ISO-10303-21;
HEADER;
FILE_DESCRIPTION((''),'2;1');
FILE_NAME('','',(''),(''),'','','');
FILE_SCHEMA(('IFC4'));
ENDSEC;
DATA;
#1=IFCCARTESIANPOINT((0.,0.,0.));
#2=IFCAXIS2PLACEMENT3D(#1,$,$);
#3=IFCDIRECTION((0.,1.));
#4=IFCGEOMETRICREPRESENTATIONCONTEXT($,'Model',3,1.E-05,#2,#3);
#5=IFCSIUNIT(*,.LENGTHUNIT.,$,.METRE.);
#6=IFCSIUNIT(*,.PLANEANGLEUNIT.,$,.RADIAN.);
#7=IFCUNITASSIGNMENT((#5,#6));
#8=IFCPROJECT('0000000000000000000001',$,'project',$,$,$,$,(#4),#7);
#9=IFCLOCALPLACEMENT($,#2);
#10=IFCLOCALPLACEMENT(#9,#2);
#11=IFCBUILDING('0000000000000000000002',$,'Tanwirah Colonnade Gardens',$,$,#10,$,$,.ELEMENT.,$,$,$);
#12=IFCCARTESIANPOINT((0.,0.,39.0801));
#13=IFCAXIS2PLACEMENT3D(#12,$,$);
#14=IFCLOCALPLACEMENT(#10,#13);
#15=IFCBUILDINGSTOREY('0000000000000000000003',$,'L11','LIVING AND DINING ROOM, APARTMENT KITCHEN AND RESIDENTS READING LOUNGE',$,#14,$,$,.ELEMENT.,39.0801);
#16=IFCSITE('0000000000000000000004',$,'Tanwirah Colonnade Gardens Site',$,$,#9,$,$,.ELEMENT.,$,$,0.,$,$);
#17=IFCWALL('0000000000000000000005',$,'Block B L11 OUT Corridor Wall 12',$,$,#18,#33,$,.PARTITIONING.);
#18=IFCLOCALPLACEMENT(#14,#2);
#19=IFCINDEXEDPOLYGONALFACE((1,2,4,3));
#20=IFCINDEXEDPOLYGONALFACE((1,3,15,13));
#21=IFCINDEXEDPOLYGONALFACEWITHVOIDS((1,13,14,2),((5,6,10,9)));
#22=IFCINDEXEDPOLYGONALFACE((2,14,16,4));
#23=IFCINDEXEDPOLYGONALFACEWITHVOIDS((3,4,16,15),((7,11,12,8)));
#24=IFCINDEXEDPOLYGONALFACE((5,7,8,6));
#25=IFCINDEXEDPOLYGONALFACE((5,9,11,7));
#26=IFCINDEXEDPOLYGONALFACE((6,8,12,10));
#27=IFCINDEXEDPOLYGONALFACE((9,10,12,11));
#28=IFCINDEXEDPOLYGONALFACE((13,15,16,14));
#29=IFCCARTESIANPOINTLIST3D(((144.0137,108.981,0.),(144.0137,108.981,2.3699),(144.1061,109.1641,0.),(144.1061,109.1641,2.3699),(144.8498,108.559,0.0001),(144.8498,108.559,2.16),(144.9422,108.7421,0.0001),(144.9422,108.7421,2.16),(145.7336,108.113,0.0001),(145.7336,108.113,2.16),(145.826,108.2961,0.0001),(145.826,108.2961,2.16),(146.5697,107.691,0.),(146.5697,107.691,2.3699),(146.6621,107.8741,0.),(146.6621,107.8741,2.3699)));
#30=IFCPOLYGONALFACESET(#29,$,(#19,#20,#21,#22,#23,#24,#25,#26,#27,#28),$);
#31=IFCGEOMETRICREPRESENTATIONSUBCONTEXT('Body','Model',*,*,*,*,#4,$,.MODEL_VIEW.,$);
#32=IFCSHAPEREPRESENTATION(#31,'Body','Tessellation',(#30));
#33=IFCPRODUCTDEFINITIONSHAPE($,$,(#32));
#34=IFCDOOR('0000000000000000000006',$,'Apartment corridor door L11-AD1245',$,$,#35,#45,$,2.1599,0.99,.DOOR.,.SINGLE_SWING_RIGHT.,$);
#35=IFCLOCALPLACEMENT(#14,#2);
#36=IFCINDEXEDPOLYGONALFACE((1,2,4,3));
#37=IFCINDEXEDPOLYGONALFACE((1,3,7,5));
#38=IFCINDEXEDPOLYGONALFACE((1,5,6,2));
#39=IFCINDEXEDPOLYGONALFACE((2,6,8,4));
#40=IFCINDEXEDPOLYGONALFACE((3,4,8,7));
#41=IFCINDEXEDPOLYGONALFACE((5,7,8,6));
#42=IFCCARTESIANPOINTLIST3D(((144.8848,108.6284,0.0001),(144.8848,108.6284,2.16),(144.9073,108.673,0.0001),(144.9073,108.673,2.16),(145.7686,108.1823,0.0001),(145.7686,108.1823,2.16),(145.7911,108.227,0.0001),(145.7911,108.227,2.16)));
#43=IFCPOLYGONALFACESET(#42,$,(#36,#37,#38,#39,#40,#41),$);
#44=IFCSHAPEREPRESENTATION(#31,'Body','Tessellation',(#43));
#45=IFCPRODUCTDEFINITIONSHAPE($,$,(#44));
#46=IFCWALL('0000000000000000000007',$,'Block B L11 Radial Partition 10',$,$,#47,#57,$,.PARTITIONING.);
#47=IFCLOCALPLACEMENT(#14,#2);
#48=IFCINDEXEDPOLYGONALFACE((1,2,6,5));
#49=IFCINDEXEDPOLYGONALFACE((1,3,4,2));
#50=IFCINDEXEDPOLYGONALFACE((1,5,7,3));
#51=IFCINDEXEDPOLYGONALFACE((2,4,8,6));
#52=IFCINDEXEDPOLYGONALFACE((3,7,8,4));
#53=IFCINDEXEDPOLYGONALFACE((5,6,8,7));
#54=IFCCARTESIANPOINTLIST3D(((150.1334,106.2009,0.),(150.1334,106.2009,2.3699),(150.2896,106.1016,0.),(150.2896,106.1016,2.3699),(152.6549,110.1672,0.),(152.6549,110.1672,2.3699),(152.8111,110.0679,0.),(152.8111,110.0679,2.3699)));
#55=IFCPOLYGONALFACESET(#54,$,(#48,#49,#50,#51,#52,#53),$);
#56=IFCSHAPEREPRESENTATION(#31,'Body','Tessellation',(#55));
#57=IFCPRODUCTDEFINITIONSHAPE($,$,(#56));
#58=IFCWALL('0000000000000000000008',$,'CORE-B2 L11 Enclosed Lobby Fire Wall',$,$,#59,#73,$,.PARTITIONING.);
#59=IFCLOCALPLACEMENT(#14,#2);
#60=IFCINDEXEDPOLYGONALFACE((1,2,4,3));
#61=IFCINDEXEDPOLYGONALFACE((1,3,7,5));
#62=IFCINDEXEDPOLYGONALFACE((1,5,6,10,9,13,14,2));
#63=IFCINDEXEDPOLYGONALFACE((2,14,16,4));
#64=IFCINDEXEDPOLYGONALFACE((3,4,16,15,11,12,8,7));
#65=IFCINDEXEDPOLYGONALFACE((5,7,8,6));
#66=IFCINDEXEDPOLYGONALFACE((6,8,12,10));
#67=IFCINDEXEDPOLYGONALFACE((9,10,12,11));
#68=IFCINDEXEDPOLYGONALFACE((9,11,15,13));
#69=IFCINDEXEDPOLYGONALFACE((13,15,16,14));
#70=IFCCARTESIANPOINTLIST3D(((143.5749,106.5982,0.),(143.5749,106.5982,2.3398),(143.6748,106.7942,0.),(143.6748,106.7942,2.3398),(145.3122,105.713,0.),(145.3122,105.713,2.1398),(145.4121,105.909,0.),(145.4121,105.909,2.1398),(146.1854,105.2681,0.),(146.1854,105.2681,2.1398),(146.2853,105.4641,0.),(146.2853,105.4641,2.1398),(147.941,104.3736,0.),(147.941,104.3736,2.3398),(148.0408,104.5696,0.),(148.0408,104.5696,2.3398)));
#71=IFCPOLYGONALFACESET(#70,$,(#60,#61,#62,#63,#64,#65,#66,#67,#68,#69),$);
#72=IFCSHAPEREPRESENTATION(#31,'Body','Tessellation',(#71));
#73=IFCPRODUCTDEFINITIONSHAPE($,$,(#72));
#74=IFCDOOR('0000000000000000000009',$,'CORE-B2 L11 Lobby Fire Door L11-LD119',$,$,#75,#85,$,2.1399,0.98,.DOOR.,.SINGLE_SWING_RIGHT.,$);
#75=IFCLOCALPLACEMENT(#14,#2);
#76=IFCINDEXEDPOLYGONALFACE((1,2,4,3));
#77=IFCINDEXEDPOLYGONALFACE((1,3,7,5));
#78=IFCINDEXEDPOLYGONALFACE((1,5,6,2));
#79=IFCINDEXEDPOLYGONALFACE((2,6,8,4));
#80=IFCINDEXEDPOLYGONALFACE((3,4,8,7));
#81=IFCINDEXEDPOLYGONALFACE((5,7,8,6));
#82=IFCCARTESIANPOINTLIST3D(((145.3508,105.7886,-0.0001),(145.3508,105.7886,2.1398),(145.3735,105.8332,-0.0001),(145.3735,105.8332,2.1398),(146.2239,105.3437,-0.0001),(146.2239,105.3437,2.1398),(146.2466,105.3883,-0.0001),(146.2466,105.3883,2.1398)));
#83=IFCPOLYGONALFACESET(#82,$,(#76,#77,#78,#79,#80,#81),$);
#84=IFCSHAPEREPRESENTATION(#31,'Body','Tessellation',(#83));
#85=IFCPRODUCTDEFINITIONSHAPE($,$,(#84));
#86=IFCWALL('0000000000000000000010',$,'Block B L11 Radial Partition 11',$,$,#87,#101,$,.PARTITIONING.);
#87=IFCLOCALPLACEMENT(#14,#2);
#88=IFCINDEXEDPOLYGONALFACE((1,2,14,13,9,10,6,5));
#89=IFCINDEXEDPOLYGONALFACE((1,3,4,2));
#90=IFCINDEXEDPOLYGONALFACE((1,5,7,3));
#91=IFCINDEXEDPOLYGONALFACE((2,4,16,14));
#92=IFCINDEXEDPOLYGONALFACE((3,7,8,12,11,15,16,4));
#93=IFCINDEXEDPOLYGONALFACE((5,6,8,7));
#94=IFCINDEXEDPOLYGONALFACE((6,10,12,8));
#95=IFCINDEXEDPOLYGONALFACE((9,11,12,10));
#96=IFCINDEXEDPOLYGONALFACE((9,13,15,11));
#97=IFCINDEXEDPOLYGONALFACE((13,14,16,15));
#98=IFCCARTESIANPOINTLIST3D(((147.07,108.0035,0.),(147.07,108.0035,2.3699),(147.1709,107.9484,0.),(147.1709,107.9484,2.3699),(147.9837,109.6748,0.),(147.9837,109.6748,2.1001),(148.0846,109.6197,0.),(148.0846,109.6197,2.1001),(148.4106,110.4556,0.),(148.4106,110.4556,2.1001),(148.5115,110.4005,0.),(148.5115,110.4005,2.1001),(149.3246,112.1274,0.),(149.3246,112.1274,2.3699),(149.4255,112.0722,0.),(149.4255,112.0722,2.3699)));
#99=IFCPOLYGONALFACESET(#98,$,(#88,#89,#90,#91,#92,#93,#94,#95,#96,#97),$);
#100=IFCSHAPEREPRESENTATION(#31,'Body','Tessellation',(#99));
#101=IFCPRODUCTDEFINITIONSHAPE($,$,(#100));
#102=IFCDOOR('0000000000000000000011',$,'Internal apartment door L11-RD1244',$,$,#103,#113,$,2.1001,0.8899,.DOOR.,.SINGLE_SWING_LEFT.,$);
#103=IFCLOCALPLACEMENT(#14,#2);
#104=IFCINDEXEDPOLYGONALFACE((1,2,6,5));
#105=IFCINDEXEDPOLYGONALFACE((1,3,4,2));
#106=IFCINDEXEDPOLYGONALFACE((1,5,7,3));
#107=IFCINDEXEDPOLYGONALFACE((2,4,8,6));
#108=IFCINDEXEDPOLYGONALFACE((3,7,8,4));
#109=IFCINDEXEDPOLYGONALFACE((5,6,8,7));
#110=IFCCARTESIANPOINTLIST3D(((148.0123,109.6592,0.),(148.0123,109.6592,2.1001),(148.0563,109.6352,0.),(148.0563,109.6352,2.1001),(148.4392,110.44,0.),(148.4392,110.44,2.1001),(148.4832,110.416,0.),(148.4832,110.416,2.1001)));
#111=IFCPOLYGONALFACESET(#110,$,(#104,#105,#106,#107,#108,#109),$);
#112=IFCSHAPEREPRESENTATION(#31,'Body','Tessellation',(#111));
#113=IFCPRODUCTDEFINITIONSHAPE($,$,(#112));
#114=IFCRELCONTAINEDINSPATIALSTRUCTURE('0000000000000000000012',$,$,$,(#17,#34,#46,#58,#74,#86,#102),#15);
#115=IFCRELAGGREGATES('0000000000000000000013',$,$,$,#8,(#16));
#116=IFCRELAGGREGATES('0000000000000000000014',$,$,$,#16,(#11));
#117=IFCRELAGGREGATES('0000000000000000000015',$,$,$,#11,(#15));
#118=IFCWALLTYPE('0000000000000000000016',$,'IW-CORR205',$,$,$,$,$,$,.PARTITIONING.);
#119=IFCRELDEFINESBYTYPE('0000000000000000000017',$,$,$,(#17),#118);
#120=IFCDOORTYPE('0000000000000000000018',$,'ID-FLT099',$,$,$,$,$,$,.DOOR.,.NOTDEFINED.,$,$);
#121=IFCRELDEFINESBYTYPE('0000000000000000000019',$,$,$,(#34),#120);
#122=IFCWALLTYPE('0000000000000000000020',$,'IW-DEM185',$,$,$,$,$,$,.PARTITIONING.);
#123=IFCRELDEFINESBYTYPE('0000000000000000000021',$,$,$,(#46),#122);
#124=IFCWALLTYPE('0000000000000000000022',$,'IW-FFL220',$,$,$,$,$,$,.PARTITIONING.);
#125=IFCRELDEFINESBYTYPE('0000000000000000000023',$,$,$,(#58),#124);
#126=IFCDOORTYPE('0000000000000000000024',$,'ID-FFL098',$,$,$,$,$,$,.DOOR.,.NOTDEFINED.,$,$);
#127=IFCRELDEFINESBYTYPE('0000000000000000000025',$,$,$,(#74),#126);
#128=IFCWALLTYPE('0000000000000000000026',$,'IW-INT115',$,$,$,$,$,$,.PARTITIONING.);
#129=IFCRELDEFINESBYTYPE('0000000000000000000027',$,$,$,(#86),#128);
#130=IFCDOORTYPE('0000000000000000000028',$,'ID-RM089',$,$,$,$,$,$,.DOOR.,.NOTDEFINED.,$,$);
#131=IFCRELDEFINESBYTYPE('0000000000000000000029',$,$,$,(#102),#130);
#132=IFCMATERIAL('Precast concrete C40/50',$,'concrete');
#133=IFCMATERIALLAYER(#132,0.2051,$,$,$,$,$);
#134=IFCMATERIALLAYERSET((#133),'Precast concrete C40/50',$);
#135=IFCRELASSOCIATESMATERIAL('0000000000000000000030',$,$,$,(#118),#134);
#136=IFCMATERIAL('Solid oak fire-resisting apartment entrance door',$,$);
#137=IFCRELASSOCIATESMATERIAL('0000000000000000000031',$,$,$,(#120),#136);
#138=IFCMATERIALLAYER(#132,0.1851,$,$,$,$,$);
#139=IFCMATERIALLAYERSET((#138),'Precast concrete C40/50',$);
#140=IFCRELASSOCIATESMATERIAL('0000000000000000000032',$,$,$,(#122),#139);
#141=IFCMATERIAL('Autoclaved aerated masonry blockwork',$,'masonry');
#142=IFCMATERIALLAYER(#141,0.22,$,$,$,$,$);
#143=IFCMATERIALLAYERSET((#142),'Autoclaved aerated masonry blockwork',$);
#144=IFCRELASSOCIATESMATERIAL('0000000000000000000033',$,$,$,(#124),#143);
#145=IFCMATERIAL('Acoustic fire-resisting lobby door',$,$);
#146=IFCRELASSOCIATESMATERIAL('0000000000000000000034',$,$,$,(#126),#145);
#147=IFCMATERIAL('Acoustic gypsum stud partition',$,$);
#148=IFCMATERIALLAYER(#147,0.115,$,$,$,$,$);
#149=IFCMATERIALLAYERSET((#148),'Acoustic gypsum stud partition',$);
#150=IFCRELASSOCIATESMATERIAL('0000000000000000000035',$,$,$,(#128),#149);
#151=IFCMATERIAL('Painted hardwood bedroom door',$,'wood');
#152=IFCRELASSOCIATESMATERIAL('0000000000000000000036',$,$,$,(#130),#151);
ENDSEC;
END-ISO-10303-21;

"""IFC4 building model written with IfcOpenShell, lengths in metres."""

from ifc_helpers import new_model, si_unit, direction, frame, frame_2d, origin, place, context, subcontext, project, spatial, rectangle, extrude, material, layer, layer_set, type_object, element, fill, save


model = new_model("IFC4")

# Units and contexts
model_context = context("Model", 3, precision=1e-05, world=origin(), true_north=direction((0.0, 1.0)))
body_context = subcontext(model_context, "Body", "Model", "MODEL_VIEW")
ifc_project = project(units=[si_unit("LENGTHUNIT", "METRE"), si_unit("PLANEANGLEUNIT", "RADIAN")], contexts=[model_context])

# Site, building, storey
site_placement = place(None, origin())
site = spatial("IfcSite", under=ifc_project, at=site_placement, Name="Tanwirah Colonnade Gardens Site", CompositionType="ELEMENT", RefElevation=0.0)
building_placement = place(site_placement, origin())
building = spatial("IfcBuilding", under=site, at=building_placement, Name="Tanwirah Colonnade Gardens", CompositionType="ELEMENT")
storey_placement = place(building_placement, frame((0.0, 0.0, 39.0801)))
storey = spatial("IfcBuildingStorey", under=building, at=storey_placement, Name="L11", Description="LIVING AND DINING ROOM, APARTMENT KITCHEN AND RESIDENTS READING LOUNGE", CompositionType="ELEMENT", Elevation=39.0801)

# Shared definitions
ifc_material_1 = material(Name="Precast concrete C40/50", Category="concrete")

# Wall, opening, door
ifc_layer_1 = layer(ifc_material_1, 0.2051)
ifc_layer_set_1 = layer_set([ifc_layer_1], Name="Precast concrete C40/50")
wall_type_1 = type_object("IfcWallType", Name="IW-CORR205", PredefinedType="PARTITIONING", material=ifc_layer_set_1)
ifc_material_2 = material(Name="Solid oak fire-resisting apartment entrance door")
wall_1_placement = place(storey_placement, frame((146.616, 107.7825, 0.0), z_axis=(0.0, 0.0, 1.0), x_axis=(-0.892732, 0.450587, 0.0)))
wall_1 = element("IfcWall", 1, at=wall_1_placement, inside=storey, type_object=wall_type_1, Name="Block B L11 OUT Corridor Wall 12", PredefinedType="PARTITIONING", context=body_context, shape_type="SweptSolid", body=[
    extrude(rectangle(XDim=2.863, YDim=0.2051, at=frame_2d((1.4316, 0.0))), origin(), (0.0, 0.0, 1.0), 2.3699),
])
opening_1_placement = place(wall_1_placement, frame((0.9365, 0.0, 0.0)))
opening_1 = element("IfcOpeningElement", 2, at=opening_1_placement, cuts=wall_1, PredefinedType="OPENING", context=body_context, shape_type="SweptSolid", body=[
    extrude(rectangle(XDim=0.99, YDim=2.1599, at=frame_2d((0.4951, 1.0801))), frame((0.0, 0.1125, 0.0), z_axis=(0.0, -1.0, 0.0), x_axis=(1.0, 0.0, 0.0)), (0.0, 0.0, 1.0), 0.2251),
])
door_type_1 = type_object("IfcDoorType", Name="ID-FLT099", OperationType="NOTDEFINED", PredefinedType="DOOR", material=ifc_material_2)
door_1_placement = place(opening_1_placement, origin())
door_1 = element("IfcDoor", 3, at=door_1_placement, inside=storey, type_object=door_type_1, Name="Apartment corridor door L11-AD1245", OperationType="SINGLE_SWING_RIGHT", OverallHeight=2.1599, OverallWidth=0.99, PredefinedType="DOOR", context=body_context, shape_type="SweptSolid", body=[
    extrude(rectangle(XDim=0.99, YDim=2.1599, at=frame_2d((0.4951, 1.0801))), frame((0.0, 0.0249, 0.0), z_axis=(0.0, -1.0, 0.0), x_axis=(1.0, 0.0, 0.0)), (0.0, 0.0, 1.0), 0.05),
])
fill(opening_1, door_1)

# Wall
ifc_layer_2 = layer(ifc_material_1, 0.1851)
ifc_layer_set_2 = layer_set([ifc_layer_2], Name="Precast concrete C40/50")
wall_type_2 = type_object("IfcWallType", Name="IW-DEM185", PredefinedType="PARTITIONING", material=ifc_layer_set_2)
wall_2_placement = place(storey_placement, frame((150.2114, 106.1511, 0.0), z_axis=(0.0, 0.0, 1.0), x_axis=(0.536492, 0.843905, 0.0)))
element("IfcWall", 4, at=wall_2_placement, inside=storey, type_object=wall_type_2, Name="Block B L11 Radial Partition 10", PredefinedType="PARTITIONING", context=body_context, shape_type="SweptSolid", body=[
    extrude(rectangle(XDim=4.7, YDim=0.1851, at=frame_2d((2.3501, 0.0))), origin(), (0.0, 0.0, 1.0), 2.3699),
])

# Walls, openings, doors
ifc_material_3 = material(Name="Autoclaved aerated masonry blockwork", Category="masonry")
ifc_layer_3 = layer(ifc_material_3, 0.22)
ifc_layer_set_3 = layer_set([ifc_layer_3], Name="Autoclaved aerated masonry blockwork")
wall_type_3 = type_object("IfcWallType", Name="IW-FFL220", PredefinedType="PARTITIONING", material=ifc_layer_set_3)
wall_3_placement = place(storey_placement, frame((143.6248, 106.6963, 0.0), z_axis=(0.0, 0.0, 1.0), x_axis=(0.891003, -0.453997, 0.0)))
wall_3 = element("IfcWall", 5, at=wall_3_placement, inside=storey, type_object=wall_type_3, Name="CORE-B2 L11 Enclosed Lobby Fire Wall", PredefinedType="PARTITIONING", context=body_context, shape_type="SweptSolid", body=[
    extrude(rectangle(XDim=4.9001, YDim=0.22, at=frame_2d((2.4502, 0.0))), origin(), (0.0, 0.0, 1.0), 2.3398),
])
opening_2_placement = place(wall_3_placement, frame((1.95, 0.0, 0.0)))
opening_2 = element("IfcOpeningElement", 6, at=opening_2_placement, cuts=wall_3, PredefinedType="OPENING", context=body_context, shape_type="SweptSolid", body=[
    extrude(rectangle(XDim=0.98, YDim=2.1399, at=frame_2d((0.49, 1.0698))), frame((0.0, 0.1199, 0.0), z_axis=(0.0, -1.0, 0.0), x_axis=(1.0, 0.0, 0.0)), (0.0, 0.0, 1.0), 0.24),
])
ifc_material_4 = material(Name="Acoustic fire-resisting lobby door")
door_type_2 = type_object("IfcDoorType", Name="ID-FFL098", OperationType="NOTDEFINED", PredefinedType="DOOR", material=ifc_material_4)
door_2_placement = place(opening_2_placement, origin())
door_2 = element("IfcDoor", 7, at=door_2_placement, inside=storey, type_object=door_type_2, Name="CORE-B2 L11 Lobby Fire Door L11-LD119", OperationType="SINGLE_SWING_RIGHT", OverallHeight=2.1399, OverallWidth=0.98, PredefinedType="DOOR", context=body_context, shape_type="SweptSolid", body=[
    extrude(rectangle(XDim=0.98, YDim=2.1399, at=frame_2d((0.49, 1.0698))), frame((0.0, 0.0249, 0.0), z_axis=(0.0, -1.0, 0.0), x_axis=(1.0, 0.0, 0.0)), (0.0, 0.0, 1.0), 0.05),
])
fill(opening_2, door_2)
ifc_material_5 = material(Name="Acoustic gypsum stud partition")
ifc_layer_4 = layer(ifc_material_5, 0.115)
ifc_layer_set_4 = layer_set([ifc_layer_4], Name="Acoustic gypsum stud partition")
wall_type_4 = type_object("IfcWallType", Name="IW-INT115", PredefinedType="PARTITIONING", material=ifc_layer_set_4)
wall_4_placement = place(storey_placement, frame((147.1204, 107.9758, 0.0), z_axis=(0.0, 0.0, 1.0), x_axis=(0.479722, 0.877421, 0.0)))
wall_4 = element("IfcWall", 8, at=wall_4_placement, inside=storey, type_object=wall_type_4, Name="Block B L11 Radial Partition 11", PredefinedType="PARTITIONING", context=body_context, shape_type="SweptSolid", body=[
    extrude(rectangle(XDim=4.7, YDim=0.115, at=frame_2d((2.3501, 0.0))), origin(), (0.0, 0.0, 1.0), 2.3699),
])
opening_3_placement = place(wall_4_placement, frame((1.905, 0.0, 0.0)))
opening_3 = element("IfcOpeningElement", 9, at=opening_3_placement, cuts=wall_4, PredefinedType="OPENING", context=body_context, shape_type="SweptSolid", body=[
    extrude(rectangle(XDim=0.8899, YDim=2.1001, at=frame_2d((0.4448, 1.05))), frame((0.0, 0.0674, 0.0), z_axis=(0.0, -1.0, 0.0), x_axis=(1.0, 0.0, 0.0)), (0.0, 0.0, 1.0), 0.135),
])
ifc_material_6 = material(Name="Painted hardwood bedroom door", Category="wood")
door_type_3 = type_object("IfcDoorType", Name="ID-RM089", OperationType="NOTDEFINED", PredefinedType="DOOR", material=ifc_material_6)
door_3_placement = place(opening_3_placement, origin())
door_3 = element("IfcDoor", 10, at=door_3_placement, inside=storey, type_object=door_type_3, Name="Internal apartment door L11-RD1244", OperationType="SINGLE_SWING_LEFT", OverallHeight=2.1001, OverallWidth=0.8899, PredefinedType="DOOR", context=body_context, shape_type="SweptSolid", body=[
    extrude(rectangle(XDim=0.8899, YDim=2.1001, at=frame_2d((0.4448, 1.05))), frame((0.0, 0.0249, 0.0), z_axis=(0.0, -1.0, 0.0), x_axis=(1.0, 0.0, 0.0)), (0.0, 0.0, 1.0), 0.05),
])
fill(opening_3, door_3)

save(model, "model.ifc")
